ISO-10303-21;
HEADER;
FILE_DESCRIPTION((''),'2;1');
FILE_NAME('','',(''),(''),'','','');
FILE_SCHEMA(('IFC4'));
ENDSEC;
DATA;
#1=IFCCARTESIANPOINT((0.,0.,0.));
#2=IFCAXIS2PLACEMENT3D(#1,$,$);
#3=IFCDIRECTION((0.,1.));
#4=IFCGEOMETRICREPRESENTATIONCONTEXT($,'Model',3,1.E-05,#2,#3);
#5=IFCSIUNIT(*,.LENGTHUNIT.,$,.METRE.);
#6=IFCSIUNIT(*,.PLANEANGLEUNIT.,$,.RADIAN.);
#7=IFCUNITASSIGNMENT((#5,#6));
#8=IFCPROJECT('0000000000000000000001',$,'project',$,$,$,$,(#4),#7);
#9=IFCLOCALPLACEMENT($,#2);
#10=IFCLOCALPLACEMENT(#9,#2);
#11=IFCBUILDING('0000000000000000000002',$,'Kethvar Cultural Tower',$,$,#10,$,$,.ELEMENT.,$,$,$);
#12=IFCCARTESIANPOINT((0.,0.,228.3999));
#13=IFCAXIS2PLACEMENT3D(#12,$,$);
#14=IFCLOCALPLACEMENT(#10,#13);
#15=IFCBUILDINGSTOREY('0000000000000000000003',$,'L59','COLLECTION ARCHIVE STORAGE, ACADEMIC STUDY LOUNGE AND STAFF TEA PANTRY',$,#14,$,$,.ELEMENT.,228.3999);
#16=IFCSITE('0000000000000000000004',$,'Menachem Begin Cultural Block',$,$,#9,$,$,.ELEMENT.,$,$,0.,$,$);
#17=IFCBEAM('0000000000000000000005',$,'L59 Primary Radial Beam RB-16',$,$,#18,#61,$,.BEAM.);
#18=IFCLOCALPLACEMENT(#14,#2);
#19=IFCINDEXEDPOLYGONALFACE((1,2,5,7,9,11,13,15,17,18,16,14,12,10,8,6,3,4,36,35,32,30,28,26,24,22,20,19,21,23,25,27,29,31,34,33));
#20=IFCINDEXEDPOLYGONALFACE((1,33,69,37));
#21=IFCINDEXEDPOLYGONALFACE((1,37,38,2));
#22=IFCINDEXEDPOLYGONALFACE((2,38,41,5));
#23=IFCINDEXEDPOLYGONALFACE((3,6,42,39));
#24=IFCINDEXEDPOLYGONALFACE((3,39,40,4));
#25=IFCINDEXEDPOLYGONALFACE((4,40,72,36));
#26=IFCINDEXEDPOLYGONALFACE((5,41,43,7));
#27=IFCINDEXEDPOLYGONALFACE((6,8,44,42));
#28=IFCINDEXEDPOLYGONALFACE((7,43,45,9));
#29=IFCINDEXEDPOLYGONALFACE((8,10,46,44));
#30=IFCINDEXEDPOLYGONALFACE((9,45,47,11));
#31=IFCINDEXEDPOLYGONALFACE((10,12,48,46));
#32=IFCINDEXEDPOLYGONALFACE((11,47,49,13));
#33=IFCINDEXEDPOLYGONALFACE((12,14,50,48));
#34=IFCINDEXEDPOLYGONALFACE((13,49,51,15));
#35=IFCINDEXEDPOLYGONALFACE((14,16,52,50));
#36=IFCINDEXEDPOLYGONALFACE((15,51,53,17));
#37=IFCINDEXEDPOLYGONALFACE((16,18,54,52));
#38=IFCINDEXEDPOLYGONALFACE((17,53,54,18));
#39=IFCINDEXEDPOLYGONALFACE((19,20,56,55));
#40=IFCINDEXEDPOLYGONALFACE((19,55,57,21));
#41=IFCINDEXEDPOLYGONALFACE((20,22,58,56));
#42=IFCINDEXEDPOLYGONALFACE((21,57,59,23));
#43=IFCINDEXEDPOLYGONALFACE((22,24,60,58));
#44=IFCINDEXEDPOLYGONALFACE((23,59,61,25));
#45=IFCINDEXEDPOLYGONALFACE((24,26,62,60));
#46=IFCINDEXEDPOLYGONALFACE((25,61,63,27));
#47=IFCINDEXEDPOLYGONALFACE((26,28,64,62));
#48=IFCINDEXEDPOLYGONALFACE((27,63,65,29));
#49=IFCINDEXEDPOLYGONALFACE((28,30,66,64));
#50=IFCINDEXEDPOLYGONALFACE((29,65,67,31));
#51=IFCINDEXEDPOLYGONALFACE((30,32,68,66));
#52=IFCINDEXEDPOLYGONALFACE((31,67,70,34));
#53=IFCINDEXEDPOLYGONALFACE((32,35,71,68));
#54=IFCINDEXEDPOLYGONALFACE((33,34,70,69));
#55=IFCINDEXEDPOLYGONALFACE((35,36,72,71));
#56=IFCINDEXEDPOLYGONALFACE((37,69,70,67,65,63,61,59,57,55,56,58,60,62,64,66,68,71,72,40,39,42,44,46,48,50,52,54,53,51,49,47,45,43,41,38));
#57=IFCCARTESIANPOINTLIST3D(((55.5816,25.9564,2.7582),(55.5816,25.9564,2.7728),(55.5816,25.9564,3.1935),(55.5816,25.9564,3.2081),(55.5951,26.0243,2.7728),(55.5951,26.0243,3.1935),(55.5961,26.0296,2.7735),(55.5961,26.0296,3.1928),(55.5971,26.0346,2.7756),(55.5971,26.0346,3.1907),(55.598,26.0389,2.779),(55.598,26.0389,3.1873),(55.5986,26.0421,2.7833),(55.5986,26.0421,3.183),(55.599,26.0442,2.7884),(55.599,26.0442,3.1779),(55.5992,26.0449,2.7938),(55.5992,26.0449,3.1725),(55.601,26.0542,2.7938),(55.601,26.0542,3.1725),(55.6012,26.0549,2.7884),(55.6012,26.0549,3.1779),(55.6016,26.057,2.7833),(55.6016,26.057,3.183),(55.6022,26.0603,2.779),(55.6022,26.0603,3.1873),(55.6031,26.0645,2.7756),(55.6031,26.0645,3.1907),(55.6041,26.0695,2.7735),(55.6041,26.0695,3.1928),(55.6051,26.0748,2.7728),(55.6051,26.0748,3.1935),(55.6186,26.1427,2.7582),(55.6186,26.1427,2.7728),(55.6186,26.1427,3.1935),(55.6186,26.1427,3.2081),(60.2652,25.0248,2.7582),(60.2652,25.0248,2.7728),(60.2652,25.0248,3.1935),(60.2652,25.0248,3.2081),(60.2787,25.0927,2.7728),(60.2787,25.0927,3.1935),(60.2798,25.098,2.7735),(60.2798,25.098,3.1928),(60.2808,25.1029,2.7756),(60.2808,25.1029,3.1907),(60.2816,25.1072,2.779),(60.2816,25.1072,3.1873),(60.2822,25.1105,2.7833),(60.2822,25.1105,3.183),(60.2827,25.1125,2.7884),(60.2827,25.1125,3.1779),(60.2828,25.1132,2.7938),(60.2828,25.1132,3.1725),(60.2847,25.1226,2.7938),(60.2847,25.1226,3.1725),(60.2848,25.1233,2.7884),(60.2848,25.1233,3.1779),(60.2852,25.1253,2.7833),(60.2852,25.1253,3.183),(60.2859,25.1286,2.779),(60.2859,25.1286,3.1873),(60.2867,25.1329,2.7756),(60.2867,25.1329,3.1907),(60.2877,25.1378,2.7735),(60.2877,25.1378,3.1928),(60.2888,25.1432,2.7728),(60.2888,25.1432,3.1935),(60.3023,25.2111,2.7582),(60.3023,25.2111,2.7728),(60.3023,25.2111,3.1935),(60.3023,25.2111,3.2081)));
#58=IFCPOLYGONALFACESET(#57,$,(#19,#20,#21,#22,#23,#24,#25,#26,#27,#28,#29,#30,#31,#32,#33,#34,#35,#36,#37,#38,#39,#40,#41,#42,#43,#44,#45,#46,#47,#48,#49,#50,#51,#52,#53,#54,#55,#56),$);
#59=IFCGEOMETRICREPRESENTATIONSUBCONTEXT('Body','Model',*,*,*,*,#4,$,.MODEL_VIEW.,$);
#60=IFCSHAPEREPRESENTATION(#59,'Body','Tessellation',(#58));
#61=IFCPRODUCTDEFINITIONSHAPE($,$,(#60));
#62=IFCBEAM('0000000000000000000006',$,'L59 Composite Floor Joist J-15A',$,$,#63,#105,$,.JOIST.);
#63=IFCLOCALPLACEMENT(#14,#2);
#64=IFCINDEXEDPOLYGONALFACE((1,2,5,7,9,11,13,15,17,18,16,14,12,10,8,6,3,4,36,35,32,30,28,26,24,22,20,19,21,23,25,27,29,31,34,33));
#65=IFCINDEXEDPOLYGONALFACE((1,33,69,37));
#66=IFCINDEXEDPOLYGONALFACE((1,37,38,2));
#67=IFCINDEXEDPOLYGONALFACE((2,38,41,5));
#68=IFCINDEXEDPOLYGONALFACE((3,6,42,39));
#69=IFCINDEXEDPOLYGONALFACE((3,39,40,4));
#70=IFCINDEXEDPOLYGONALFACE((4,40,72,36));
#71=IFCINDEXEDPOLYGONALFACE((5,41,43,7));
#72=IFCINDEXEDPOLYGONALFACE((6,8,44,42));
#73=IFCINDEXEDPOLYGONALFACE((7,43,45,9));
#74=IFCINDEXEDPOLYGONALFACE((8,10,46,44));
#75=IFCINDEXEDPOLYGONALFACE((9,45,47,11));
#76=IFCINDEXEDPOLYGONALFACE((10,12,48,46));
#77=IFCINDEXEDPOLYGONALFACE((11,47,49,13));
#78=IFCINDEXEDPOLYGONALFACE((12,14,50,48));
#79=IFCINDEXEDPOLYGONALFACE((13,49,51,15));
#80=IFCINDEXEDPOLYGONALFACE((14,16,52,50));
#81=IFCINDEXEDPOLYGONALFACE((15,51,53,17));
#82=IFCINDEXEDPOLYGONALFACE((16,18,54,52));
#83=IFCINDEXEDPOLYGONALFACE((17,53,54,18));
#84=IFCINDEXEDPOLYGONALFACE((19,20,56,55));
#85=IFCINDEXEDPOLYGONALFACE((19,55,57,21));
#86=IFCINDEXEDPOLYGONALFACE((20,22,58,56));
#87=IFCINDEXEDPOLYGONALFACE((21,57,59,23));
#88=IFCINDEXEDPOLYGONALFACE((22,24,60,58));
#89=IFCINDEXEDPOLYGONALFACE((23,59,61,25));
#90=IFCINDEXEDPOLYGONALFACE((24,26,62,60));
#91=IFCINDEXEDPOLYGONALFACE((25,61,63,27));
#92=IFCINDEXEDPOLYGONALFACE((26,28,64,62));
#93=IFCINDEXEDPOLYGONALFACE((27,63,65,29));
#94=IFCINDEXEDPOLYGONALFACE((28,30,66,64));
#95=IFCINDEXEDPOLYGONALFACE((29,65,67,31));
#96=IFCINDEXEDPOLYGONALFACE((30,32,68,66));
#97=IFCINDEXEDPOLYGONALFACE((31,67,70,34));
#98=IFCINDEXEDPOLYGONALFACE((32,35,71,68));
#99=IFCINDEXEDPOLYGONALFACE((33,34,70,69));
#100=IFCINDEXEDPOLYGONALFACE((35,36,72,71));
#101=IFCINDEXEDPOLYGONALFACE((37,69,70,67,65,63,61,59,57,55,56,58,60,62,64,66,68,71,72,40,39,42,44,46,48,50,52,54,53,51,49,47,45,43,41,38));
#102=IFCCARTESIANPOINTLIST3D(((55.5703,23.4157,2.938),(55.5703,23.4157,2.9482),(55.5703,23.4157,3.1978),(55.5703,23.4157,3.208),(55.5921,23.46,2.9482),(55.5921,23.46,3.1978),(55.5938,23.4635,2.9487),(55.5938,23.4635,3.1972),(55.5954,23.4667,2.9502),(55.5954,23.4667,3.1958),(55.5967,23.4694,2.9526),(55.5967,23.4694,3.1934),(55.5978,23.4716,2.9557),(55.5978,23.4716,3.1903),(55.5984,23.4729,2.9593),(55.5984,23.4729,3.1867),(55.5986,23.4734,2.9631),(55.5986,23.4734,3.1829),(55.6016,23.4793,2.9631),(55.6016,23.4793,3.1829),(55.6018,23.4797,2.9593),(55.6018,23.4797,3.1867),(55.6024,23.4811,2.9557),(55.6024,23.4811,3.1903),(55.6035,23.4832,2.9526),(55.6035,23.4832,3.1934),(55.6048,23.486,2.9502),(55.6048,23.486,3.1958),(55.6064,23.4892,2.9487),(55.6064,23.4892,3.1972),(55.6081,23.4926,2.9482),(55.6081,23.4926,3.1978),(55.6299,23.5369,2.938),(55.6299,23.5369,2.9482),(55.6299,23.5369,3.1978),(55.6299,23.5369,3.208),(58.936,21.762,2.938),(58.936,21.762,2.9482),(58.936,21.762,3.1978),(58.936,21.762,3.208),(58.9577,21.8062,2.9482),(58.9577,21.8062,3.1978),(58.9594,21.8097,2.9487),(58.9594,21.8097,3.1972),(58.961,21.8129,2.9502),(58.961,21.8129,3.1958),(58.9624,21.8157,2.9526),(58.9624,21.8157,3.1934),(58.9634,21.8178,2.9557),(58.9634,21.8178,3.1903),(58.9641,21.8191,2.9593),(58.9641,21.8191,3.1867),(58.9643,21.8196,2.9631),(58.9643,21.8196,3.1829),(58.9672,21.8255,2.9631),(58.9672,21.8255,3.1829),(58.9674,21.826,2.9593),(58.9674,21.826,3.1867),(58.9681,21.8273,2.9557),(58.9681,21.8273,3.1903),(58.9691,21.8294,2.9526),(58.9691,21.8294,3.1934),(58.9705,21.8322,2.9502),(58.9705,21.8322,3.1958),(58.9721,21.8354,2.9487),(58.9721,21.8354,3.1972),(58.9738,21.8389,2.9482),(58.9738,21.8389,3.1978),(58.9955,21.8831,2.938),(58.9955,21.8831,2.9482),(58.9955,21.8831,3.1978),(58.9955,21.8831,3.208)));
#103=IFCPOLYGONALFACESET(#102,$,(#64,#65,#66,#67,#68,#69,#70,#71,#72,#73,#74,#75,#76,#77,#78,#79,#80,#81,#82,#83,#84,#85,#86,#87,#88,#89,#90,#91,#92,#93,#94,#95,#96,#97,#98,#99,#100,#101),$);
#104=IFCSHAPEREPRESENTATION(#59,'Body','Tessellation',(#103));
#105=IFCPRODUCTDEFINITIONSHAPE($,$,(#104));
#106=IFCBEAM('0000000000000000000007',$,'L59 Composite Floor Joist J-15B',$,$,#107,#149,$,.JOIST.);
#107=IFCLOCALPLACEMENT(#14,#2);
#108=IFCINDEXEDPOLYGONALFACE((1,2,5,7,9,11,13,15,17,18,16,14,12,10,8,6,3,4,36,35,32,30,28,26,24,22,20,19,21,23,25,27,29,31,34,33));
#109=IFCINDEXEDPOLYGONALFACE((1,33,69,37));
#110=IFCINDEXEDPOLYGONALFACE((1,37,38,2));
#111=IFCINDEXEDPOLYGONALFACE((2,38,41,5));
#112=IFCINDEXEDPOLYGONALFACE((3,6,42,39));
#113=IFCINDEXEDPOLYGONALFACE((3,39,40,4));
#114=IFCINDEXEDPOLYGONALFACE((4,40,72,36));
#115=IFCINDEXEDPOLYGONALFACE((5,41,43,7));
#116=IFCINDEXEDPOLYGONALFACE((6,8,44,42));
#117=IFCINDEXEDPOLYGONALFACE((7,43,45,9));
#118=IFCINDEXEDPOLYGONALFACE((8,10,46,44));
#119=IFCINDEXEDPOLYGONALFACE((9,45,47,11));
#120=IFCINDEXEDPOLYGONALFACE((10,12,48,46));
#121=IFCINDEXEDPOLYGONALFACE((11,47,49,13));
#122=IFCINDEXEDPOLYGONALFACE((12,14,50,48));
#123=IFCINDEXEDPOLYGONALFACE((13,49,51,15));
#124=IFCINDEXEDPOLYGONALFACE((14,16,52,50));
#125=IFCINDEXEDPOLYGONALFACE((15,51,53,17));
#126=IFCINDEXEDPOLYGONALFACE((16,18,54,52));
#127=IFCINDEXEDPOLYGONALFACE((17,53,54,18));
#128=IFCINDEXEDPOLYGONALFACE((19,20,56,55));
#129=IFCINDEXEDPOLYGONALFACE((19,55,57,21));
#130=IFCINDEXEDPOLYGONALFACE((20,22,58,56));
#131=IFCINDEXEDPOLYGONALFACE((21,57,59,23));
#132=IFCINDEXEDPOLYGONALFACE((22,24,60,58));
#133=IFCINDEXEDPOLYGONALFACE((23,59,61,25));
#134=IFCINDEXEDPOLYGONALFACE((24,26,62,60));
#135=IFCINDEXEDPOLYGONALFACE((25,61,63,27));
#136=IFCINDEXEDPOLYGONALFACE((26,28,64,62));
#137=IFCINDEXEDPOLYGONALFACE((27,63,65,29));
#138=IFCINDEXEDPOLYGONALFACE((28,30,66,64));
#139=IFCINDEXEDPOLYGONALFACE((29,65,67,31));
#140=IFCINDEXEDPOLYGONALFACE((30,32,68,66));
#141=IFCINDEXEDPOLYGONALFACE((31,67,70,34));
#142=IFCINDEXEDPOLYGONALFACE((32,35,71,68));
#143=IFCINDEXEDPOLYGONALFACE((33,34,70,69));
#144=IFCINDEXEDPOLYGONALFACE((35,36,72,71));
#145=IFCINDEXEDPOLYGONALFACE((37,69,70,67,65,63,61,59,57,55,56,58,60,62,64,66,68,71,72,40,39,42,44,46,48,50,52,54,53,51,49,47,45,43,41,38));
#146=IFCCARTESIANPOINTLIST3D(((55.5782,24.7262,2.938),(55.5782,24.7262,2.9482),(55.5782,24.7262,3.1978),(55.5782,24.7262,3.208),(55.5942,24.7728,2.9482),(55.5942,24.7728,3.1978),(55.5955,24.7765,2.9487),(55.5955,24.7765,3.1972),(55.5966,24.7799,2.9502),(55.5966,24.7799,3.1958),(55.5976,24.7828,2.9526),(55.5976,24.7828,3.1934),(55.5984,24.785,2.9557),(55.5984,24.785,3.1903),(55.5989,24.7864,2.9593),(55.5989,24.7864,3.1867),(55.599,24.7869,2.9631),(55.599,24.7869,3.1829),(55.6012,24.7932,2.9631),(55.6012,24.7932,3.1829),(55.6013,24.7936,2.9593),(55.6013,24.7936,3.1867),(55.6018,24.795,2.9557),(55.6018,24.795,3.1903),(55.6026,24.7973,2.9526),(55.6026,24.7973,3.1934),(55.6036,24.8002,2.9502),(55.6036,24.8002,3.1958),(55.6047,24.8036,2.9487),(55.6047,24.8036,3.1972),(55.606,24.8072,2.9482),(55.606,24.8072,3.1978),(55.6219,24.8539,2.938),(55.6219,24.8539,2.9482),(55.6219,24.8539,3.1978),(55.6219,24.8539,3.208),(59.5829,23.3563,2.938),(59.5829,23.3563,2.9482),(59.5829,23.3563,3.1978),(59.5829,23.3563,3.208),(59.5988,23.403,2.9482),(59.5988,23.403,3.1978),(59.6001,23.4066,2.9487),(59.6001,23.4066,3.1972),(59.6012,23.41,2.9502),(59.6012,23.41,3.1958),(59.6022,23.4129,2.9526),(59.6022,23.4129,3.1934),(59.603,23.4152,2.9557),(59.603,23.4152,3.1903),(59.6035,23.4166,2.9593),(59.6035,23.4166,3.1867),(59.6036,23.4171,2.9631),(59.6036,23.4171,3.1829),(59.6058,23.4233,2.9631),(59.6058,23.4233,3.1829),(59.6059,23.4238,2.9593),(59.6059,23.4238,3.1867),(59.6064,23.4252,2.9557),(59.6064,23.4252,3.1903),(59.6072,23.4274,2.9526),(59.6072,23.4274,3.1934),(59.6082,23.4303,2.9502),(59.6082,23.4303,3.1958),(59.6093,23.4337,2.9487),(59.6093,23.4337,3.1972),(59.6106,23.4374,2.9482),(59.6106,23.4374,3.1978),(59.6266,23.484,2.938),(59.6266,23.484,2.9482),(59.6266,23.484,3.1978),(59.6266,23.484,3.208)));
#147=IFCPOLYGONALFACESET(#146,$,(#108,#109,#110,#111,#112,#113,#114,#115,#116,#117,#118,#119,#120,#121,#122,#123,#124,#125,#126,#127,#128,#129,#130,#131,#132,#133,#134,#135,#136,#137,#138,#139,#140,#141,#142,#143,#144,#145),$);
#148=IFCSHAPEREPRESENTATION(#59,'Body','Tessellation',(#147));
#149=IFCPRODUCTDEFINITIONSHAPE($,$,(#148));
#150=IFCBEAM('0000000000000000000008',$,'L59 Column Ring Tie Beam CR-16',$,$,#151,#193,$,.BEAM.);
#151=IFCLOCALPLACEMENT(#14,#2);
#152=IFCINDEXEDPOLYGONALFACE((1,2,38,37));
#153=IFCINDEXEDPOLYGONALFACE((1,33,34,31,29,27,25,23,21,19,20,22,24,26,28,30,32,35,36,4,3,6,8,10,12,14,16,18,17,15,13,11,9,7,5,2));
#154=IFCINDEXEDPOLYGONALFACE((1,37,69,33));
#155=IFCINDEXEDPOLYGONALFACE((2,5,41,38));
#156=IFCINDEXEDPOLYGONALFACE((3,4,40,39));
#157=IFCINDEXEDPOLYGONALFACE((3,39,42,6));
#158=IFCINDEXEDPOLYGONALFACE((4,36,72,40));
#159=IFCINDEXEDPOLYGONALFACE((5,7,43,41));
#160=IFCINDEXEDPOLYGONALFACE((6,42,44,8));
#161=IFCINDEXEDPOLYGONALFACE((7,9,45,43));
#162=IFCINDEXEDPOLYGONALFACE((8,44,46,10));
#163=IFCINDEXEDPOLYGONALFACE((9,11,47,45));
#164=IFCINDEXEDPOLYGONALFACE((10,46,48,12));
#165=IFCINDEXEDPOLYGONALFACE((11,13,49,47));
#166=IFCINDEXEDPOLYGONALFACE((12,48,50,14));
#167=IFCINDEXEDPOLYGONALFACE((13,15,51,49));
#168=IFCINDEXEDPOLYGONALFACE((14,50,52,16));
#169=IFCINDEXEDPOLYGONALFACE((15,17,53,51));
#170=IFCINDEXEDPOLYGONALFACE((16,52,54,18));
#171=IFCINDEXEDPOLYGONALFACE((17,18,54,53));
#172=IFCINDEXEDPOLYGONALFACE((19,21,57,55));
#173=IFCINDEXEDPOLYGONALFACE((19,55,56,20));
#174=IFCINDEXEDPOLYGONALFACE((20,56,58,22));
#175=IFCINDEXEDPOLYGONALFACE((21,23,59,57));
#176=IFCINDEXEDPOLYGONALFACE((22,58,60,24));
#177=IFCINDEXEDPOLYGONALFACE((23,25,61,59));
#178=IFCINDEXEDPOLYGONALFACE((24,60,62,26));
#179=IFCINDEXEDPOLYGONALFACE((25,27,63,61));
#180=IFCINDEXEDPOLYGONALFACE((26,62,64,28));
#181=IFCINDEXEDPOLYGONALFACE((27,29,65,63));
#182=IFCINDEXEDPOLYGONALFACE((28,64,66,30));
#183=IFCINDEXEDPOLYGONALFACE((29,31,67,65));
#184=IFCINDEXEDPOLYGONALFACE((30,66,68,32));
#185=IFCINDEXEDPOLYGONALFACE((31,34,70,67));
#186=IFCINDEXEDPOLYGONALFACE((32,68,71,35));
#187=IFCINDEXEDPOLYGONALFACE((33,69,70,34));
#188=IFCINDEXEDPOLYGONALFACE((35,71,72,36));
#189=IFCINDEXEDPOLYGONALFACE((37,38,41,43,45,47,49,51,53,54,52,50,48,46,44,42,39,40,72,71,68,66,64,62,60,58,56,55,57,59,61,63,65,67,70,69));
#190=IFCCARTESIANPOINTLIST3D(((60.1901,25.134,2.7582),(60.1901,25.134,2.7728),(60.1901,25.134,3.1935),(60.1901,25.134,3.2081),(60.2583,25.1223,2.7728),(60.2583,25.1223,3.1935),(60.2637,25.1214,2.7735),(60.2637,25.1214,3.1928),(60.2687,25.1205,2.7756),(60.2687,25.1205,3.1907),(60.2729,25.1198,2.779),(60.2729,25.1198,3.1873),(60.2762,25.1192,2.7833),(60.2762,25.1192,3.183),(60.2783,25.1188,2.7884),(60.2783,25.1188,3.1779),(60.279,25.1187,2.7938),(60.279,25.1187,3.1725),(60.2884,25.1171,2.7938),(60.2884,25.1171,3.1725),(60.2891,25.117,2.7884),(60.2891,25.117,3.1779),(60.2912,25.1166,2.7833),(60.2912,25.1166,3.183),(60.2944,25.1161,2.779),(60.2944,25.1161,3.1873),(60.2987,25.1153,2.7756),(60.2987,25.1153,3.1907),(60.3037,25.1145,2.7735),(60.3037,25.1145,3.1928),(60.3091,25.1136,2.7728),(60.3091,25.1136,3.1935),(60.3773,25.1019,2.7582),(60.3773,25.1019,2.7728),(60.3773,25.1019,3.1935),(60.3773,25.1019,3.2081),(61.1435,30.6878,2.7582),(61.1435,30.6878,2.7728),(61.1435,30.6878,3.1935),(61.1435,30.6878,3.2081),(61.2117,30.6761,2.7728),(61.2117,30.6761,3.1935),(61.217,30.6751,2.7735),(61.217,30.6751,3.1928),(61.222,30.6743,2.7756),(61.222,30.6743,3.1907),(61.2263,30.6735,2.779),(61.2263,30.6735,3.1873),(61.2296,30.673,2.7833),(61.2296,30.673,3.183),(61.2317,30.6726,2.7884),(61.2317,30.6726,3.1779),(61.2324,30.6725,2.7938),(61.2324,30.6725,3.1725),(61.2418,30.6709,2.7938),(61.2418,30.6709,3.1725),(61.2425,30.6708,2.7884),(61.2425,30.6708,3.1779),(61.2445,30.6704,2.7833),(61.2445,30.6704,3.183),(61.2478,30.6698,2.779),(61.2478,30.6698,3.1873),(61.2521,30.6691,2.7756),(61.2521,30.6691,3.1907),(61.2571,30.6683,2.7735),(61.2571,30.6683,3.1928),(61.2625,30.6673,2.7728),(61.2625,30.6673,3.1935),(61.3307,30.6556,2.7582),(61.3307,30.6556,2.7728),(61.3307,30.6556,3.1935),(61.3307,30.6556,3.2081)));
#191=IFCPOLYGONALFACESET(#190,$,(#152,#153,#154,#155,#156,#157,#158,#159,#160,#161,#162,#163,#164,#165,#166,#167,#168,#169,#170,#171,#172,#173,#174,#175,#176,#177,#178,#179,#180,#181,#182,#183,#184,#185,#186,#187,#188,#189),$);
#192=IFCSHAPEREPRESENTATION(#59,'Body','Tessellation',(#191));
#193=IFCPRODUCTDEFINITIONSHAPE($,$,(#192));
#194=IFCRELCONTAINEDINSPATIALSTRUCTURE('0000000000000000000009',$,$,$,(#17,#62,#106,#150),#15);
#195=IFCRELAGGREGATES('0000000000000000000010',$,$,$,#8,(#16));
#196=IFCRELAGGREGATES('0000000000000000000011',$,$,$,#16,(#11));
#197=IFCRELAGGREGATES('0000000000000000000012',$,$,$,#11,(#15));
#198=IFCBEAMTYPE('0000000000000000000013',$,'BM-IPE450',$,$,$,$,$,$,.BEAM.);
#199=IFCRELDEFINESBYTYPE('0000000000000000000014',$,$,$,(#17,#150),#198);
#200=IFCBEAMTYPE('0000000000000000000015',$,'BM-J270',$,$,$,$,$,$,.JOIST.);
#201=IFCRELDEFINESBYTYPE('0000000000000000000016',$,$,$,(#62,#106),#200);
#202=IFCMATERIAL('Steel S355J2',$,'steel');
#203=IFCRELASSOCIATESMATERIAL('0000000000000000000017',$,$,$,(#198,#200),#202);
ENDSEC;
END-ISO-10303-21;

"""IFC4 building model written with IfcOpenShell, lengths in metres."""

from ifc_helpers import new_model, si_unit, direction, frame, origin, origin_2d, place, context, subcontext, project, spatial, i_section, extrude, source, transform, mapped, material, material_profile, profile_set, type_object, element, save


model = new_model("IFC4")

# Units and contexts
model_context = context("Model", 3, precision=1e-05, world=origin(), true_north=direction((0.0, 1.0)))
body_context = subcontext(model_context, "Body", "Model", "MODEL_VIEW")
ifc_project = project(units=[si_unit("LENGTHUNIT", "METRE"), si_unit("PLANEANGLEUNIT", "RADIAN")], contexts=[model_context])

# Site, building, storey
site_placement = place(None, origin())
site = spatial("IfcSite", under=ifc_project, at=site_placement, Name="Menachem Begin Cultural Block", CompositionType="ELEMENT", RefElevation=0.0)
building_placement = place(site_placement, origin())
building = spatial("IfcBuilding", under=site, at=building_placement, Name="Kethvar Cultural Tower", CompositionType="ELEMENT")
storey_placement = place(building_placement, frame((0.0, 0.0, 228.3999)))
storey = spatial("IfcBuildingStorey", under=building, at=storey_placement, Name="L59", Description="COLLECTION ARCHIVE STORAGE, ACADEMIC STUDY LOUNGE AND STAFF TEA PANTRY", CompositionType="ELEMENT", Elevation=228.3999)

# Beams
ifc_material_1 = material(Name="Steel S355J2", Category="steel")
ifc_material_profile_1 = material_profile(ifc_material_1, i_section(OverallWidth=0.1899, OverallDepth=0.45, WebThickness=0.0095, FlangeThickness=0.0146, FilletRadius=0.021, at=origin_2d()), Name="Steel S355J2 — IPE450")
ifc_profile_set_1 = profile_set([ifc_material_profile_1], Name="Steel S355J2 — IPE450")
beam_type_1 = type_object("IfcBeamType", Name="BM-IPE450", PredefinedType="BEAM", material=ifc_profile_set_1)
shared_shape_1 = source(origin(), body_context, "Body", "SweptSolid", [
    extrude(i_section(OverallWidth=0.1899, OverallDepth=0.45, WebThickness=0.0095, FlangeThickness=0.0146, FilletRadius=0.021, at=origin_2d()), origin(), (0.0, 0.0, 1.0), 4.7754),
])
beam_1_placement = place(storey_placement, frame((55.6001, 26.0496, 2.9832), z_axis=(0.980785, -0.195094, 0.0), x_axis=(0.195094, 0.980785, 0.0)))
element("IfcBeam", 1, at=beam_1_placement, inside=storey, type_object=beam_type_1, Name="L59 Primary Radial Beam RB-16", PredefinedType="BEAM", context=body_context, shape_type="MappedRepresentation", body=[
    mapped(shared_shape_1, transform((0.0, 0.0, 0.0), scale=1.0)),
])
ifc_material_profile_2 = material_profile(ifc_material_1, i_section(OverallWidth=0.135, OverallDepth=0.27, WebThickness=0.0066, FlangeThickness=0.0103, FilletRadius=0.0149, at=origin_2d()), Name="Steel S355J2 — IPE270")
ifc_profile_set_2 = profile_set([ifc_material_profile_2], Name="Steel S355J2 — IPE270")
beam_type_2 = type_object("IfcBeamType", Name="BM-J270", PredefinedType="JOIST", material=ifc_profile_set_2)
shared_shape_2 = source(origin(), body_context, "Body", "SweptSolid", [
    extrude(i_section(OverallWidth=0.135, OverallDepth=0.27, WebThickness=0.0066, FlangeThickness=0.0103, FilletRadius=0.0149, at=origin_2d()), origin(), (0.0, 0.0, 1.0), 3.75),
])
beam_2_placement = place(storey_placement, frame((55.6001, 23.4763, 3.073), z_axis=(0.897505, -0.441005, 0.0), x_axis=(0.441005, 0.897505, 0.0)))
element("IfcBeam", 2, at=beam_2_placement, inside=storey, type_object=beam_type_2, Name="L59 Composite Floor Joist J-15A", PredefinedType="JOIST", context=body_context, shape_type="MappedRepresentation", body=[
    mapped(shared_shape_2, transform((0.0, 0.0, 0.0), scale=1.0)),
])
shared_shape_3 = source(origin(), body_context, "Body", "SweptSolid", [
    extrude(i_section(OverallWidth=0.135, OverallDepth=0.27, WebThickness=0.0066, FlangeThickness=0.0103, FilletRadius=0.0149, at=origin_2d()), origin(), (0.0, 0.0, 1.0), 4.2324),
])
beam_3_placement = place(storey_placement, frame((55.6001, 24.79, 3.073), z_axis=(0.946174, -0.323659, 0.0), x_axis=(0.323659, 0.946174, 0.0)))
element("IfcBeam", 3, at=beam_3_placement, inside=storey, type_object=beam_type_2, Name="L59 Composite Floor Joist J-15B", PredefinedType="JOIST", context=body_context, shape_type="MappedRepresentation", body=[
    mapped(shared_shape_3, transform((0.0, 0.0, 0.0), scale=1.0)),
])
shared_shape_4 = source(origin(), body_context, "Body", "SweptSolid", [
    extrude(i_section(OverallWidth=0.1899, OverallDepth=0.45, WebThickness=0.0095, FlangeThickness=0.0146, FilletRadius=0.021, at=origin_2d()), origin(), (0.0, 0.0, 1.0), 5.635),
])
beam_4_placement = place(storey_placement, frame((60.2837, 25.1179, 2.9832), z_axis=(0.169189, 0.985584, 0.0), x_axis=(-0.985584, 0.169189, 0.0)))
element("IfcBeam", 4, at=beam_4_placement, inside=storey, type_object=beam_type_1, Name="L59 Column Ring Tie Beam CR-16", PredefinedType="BEAM", context=body_context, shape_type="MappedRepresentation", body=[
    mapped(shared_shape_4, transform((0.0, 0.0, 0.0), scale=1.0)),
])

save(model, "model.ifc")
